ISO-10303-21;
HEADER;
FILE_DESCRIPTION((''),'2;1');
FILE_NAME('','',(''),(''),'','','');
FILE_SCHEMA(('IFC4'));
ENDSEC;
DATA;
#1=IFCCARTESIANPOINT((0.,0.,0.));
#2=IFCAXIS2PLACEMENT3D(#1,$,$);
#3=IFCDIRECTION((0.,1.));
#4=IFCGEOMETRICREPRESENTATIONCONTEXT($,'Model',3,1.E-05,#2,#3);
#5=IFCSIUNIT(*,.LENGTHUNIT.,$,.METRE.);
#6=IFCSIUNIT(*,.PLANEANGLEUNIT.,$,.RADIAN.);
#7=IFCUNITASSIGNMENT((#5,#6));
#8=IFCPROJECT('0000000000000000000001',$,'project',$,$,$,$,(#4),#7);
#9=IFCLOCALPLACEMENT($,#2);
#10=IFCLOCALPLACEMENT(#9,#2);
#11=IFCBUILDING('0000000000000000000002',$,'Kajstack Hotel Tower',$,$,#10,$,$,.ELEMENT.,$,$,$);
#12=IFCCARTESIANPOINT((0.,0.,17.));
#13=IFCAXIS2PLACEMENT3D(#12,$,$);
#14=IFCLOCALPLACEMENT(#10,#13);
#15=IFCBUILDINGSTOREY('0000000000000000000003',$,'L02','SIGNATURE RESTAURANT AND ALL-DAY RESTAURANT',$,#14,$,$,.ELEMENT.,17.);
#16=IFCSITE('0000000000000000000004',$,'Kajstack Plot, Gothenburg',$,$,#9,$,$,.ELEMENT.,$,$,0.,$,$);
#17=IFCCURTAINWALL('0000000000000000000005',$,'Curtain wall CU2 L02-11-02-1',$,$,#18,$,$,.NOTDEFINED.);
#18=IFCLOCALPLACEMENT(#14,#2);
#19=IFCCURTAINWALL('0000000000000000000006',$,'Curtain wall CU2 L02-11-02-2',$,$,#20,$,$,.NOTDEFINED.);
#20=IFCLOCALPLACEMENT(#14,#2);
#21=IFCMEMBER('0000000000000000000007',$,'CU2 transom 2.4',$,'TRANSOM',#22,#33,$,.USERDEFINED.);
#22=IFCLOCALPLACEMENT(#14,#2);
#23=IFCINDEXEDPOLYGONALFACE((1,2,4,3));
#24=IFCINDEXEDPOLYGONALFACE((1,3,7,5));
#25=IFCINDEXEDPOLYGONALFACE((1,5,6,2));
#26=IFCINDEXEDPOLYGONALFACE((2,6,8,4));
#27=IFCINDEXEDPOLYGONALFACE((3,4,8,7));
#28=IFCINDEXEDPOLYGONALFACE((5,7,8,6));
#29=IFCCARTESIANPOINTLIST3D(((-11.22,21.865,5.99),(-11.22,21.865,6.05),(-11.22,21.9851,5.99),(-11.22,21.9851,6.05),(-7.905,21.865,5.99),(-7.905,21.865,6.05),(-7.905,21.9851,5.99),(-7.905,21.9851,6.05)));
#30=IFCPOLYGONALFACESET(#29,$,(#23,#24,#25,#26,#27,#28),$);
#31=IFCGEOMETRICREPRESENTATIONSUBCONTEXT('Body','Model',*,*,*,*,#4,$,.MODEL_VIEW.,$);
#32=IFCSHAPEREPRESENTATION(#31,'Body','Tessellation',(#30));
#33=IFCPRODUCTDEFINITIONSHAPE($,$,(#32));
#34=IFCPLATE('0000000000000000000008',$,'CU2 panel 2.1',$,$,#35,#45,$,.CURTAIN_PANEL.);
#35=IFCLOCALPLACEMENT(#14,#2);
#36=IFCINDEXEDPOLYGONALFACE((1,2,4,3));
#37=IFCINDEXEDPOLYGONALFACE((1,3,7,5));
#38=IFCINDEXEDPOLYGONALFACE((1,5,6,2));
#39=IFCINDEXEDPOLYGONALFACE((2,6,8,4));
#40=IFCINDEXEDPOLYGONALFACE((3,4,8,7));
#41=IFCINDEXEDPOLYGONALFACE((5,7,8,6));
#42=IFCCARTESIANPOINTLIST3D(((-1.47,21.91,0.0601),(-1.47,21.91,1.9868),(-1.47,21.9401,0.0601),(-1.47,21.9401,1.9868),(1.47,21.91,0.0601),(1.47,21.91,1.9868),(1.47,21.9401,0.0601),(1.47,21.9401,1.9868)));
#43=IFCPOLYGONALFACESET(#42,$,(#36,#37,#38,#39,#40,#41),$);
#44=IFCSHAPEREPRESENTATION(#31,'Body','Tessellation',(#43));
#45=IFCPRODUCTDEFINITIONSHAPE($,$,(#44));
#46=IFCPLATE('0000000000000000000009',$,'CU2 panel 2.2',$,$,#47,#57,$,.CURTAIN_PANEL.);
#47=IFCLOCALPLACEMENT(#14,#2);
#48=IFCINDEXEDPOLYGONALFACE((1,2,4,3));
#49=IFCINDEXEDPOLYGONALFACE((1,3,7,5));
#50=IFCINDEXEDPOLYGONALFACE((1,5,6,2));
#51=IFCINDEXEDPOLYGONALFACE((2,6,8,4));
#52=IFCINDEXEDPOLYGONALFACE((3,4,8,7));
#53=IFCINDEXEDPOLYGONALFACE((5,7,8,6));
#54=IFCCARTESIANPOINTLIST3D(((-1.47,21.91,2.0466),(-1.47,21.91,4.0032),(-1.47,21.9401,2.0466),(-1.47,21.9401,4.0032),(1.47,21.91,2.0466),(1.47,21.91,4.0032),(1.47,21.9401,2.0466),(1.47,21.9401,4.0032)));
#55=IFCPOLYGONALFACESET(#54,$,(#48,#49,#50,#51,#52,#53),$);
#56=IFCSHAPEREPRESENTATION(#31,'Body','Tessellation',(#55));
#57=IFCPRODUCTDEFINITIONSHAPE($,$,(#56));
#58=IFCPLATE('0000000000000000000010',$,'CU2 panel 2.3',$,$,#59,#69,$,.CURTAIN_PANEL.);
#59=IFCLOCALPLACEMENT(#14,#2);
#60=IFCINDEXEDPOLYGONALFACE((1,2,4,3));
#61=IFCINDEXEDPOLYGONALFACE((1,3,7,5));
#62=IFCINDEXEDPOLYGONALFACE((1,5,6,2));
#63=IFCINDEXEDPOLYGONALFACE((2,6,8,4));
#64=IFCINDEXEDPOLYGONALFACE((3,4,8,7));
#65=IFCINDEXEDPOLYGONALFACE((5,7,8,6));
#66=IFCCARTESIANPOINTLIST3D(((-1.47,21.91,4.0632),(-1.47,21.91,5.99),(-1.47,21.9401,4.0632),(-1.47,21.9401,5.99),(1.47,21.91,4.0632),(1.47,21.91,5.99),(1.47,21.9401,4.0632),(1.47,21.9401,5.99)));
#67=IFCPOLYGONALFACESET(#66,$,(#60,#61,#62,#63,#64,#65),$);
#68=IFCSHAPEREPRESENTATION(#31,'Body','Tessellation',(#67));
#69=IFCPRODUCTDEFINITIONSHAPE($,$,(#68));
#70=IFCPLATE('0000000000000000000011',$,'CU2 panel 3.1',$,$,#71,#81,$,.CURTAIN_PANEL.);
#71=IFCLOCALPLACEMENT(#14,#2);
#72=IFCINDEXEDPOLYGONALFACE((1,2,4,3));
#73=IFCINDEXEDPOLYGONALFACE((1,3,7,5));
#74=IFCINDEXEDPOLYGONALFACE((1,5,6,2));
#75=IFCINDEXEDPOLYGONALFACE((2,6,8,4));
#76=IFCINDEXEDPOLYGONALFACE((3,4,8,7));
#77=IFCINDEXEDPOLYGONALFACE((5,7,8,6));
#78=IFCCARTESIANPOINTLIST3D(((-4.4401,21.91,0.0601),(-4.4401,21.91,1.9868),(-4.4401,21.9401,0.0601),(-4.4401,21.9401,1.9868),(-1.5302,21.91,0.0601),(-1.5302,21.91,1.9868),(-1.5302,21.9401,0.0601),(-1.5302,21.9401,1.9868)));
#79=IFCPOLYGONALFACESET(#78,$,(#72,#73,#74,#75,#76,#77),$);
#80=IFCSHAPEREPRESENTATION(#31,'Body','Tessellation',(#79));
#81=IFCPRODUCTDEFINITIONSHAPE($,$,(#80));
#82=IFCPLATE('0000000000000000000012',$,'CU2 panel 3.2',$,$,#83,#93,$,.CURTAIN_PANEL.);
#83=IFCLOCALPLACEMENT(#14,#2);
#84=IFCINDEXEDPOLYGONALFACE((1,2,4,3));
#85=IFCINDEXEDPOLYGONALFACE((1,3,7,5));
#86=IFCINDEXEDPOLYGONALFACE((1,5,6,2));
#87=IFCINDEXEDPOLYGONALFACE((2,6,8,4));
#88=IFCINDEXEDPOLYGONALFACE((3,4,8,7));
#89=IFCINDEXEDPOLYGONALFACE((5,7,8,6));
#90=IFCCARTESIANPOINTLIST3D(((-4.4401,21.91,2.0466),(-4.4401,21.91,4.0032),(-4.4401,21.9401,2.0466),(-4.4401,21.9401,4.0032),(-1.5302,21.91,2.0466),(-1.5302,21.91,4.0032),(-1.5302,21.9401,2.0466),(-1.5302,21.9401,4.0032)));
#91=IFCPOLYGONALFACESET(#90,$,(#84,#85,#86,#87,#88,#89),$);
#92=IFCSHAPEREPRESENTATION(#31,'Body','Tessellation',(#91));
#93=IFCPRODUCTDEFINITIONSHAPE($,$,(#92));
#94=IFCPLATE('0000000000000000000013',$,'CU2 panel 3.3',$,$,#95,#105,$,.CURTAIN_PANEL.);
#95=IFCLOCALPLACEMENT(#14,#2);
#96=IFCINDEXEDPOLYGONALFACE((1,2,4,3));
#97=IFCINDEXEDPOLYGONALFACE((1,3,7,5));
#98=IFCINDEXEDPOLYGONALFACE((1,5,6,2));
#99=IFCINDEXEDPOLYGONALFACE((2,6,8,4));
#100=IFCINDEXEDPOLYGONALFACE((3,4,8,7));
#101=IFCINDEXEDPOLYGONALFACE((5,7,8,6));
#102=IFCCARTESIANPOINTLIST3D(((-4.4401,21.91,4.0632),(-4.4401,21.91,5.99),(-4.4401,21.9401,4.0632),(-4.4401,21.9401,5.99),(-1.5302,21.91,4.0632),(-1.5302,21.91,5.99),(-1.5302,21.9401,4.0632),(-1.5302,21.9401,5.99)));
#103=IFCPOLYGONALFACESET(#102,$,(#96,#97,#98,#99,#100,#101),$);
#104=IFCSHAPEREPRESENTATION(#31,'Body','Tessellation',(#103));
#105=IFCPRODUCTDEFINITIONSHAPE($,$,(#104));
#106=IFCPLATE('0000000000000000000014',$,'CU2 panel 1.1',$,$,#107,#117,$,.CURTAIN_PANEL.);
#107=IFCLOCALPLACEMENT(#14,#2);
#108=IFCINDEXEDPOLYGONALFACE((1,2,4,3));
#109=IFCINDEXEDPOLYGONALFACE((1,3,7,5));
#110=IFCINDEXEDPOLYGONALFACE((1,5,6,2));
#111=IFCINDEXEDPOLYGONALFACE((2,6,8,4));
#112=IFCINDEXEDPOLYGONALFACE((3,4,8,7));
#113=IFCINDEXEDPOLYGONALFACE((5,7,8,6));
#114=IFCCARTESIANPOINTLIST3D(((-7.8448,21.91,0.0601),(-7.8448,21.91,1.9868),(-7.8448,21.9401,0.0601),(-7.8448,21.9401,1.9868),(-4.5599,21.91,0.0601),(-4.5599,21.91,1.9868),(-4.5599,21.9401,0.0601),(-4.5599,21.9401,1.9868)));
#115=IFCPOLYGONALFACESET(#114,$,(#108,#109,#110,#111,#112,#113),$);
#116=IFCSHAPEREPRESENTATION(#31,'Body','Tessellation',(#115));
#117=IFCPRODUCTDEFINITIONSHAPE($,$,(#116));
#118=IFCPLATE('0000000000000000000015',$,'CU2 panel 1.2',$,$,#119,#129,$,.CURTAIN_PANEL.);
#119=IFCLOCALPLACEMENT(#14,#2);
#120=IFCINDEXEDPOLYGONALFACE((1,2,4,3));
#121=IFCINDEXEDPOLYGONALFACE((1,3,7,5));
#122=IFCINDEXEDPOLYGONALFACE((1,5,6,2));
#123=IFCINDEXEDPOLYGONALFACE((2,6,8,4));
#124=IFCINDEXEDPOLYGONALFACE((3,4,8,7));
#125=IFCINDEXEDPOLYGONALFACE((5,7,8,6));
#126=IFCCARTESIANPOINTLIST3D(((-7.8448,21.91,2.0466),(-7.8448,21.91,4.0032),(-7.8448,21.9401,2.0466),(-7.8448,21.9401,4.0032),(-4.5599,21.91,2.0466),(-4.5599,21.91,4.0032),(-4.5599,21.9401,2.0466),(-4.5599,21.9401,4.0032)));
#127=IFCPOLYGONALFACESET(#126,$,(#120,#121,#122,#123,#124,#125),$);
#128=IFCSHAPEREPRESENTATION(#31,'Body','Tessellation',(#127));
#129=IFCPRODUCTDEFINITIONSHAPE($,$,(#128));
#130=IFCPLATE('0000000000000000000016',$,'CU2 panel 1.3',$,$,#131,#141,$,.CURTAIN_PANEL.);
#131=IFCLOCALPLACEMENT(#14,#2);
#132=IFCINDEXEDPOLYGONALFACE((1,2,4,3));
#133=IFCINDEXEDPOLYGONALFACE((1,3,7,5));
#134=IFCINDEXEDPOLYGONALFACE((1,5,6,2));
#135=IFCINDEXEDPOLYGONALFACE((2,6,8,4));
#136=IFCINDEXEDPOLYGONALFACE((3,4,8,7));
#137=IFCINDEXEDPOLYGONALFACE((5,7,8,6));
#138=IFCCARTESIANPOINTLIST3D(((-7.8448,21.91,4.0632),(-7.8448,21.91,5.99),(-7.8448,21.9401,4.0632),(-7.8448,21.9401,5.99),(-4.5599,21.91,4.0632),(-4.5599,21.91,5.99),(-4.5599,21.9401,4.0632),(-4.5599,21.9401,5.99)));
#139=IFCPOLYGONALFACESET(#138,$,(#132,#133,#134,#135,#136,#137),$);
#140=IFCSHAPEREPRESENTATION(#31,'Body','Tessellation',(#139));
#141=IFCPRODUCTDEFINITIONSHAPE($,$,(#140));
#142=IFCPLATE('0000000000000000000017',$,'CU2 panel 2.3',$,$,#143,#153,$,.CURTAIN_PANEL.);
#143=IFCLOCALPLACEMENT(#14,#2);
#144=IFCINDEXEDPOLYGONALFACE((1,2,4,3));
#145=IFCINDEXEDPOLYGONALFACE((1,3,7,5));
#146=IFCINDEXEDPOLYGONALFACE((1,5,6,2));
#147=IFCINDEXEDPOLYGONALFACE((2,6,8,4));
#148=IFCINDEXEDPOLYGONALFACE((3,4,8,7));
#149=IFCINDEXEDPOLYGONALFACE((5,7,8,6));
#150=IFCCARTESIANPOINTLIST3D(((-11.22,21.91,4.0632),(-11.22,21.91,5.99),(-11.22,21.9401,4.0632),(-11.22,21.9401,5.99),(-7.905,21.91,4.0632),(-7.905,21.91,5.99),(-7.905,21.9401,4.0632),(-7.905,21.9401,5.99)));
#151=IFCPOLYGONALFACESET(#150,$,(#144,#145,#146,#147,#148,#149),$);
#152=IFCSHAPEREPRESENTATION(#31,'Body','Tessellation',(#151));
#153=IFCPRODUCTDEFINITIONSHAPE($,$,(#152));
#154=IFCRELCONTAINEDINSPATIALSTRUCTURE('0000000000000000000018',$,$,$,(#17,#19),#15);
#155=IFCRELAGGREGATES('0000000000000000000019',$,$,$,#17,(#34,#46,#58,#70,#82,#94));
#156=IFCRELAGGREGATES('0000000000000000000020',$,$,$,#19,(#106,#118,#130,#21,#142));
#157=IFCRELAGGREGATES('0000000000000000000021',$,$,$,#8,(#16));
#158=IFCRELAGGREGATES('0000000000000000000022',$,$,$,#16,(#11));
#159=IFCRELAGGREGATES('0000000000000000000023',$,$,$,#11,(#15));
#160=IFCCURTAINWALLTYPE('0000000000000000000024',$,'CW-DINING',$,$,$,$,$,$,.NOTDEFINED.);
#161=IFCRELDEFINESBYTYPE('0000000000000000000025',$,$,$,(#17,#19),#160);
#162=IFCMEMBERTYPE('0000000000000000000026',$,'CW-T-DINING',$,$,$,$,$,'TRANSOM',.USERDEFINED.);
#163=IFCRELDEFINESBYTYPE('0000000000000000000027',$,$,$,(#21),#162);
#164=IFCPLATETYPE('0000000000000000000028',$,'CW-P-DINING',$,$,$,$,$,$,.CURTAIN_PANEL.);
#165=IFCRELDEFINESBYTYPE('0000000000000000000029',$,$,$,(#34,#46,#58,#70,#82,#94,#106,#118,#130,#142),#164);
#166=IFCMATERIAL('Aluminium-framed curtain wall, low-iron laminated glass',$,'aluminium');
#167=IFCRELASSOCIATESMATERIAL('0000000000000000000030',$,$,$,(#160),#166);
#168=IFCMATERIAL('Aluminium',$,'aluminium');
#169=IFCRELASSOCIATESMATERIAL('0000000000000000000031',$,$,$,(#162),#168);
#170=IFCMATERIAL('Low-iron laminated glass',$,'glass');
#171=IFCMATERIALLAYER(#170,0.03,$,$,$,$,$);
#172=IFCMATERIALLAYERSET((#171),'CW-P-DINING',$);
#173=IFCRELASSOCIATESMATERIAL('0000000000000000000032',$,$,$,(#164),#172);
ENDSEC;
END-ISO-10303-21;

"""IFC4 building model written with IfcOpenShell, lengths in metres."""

from ifc_helpers import new_model, si_unit, direction, frame, origin, origin_2d, place, context, subcontext, project, spatial, rectangle, extrude, material, layer, layer_set, material_profile, profile_set, type_object, element, aggregate, save


model = new_model("IFC4")

# Units and contexts
model_context = context("Model", 3, precision=1e-05, world=origin(), true_north=direction((0.0, 1.0)))
body_context = subcontext(model_context, "Body", "Model", "MODEL_VIEW")
ifc_project = project(units=[si_unit("LENGTHUNIT", "METRE"), si_unit("PLANEANGLEUNIT", "RADIAN")], contexts=[model_context])

# Site, building, storey
site_placement = place(None, origin())
site = spatial("IfcSite", under=ifc_project, at=site_placement, Name="Kajstack Plot, Gothenburg", CompositionType="ELEMENT", RefElevation=0.0)
building_placement = place(site_placement, origin())
building = spatial("IfcBuilding", under=site, at=building_placement, Name="Kajstack Hotel Tower", CompositionType="ELEMENT")
storey_placement = place(building_placement, frame((0.0, 0.0, 17.0)))
storey = spatial("IfcBuildingStorey", under=building, at=storey_placement, Name="L02", Description="SIGNATURE RESTAURANT AND ALL-DAY RESTAURANT", CompositionType="ELEMENT", Elevation=17.0)

# Curtain walls
ifc_material_1 = material(Name="Aluminium-framed curtain wall, low-iron laminated glass", Category="aluminium")
curtain_wall_type = type_object("IfcCurtainWallType", Name="CW-DINING", PredefinedType="NOTDEFINED", material=ifc_material_1)
curtain_wall_1_placement = place(storey_placement, origin())
curtain_wall_1 = element("IfcCurtainWall", 1, at=curtain_wall_1_placement, inside=storey, type_object=curtain_wall_type, Name="Curtain wall CU2 L02-11-02-1", PredefinedType="NOTDEFINED")
ifc_material_2 = material(Name="Aluminium", Category="aluminium")
curtain_wall_2_placement = place(storey_placement, origin())
curtain_wall_2 = element("IfcCurtainWall", 2, at=curtain_wall_2_placement, inside=storey, type_object=curtain_wall_type, Name="Curtain wall CU2 L02-11-02-2", PredefinedType="NOTDEFINED")

# Member
ifc_material_profile_1 = material_profile(ifc_material_2, rectangle(XDim=0.1201, YDim=0.0601, at=origin_2d()), Name="Aluminium transom 120 x 60")
ifc_profile_set_1 = profile_set([ifc_material_profile_1], Name="Aluminium")
member_type_1 = type_object("IfcMemberType", Name="CW-T-DINING", ElementType="TRANSOM", PredefinedType="USERDEFINED", material=ifc_profile_set_1)
member_1_placement = place(storey_placement, frame((-7.905, 21.925, 6.02), z_axis=(-1.0, 0.0, 0.0), x_axis=(0.0, -1.0, 0.0)))
member_1 = element("IfcMember", 3, at=member_1_placement, type_object=member_type_1, Name="CU2 transom 2.4", ObjectType="TRANSOM", PredefinedType="USERDEFINED", context=body_context, shape_type="SweptSolid", body=[
    extrude(rectangle(XDim=0.1201, YDim=0.0601, at=origin_2d()), origin(), (0.0, 0.0, 1.0), 3.3149),
])

# Plates
ifc_material_3 = material(Name="Low-iron laminated glass", Category="glass")
ifc_layer = layer(ifc_material_3, 0.03)
ifc_layer_set = layer_set([ifc_layer], Name="CW-P-DINING")
plate_type = type_object("IfcPlateType", Name="CW-P-DINING", PredefinedType="CURTAIN_PANEL", material=ifc_layer_set)
plate_1_placement = place(storey_placement, frame((0.0, 21.925, 0.0601), z_axis=(0.0, 0.0, 1.0), x_axis=(-1.0, 0.0, 0.0)))
plate_1 = element("IfcPlate", 4, at=plate_1_placement, type_object=plate_type, Name="CU2 panel 2.1", PredefinedType="CURTAIN_PANEL", context=body_context, shape_type="SweptSolid", body=[
    extrude(rectangle(XDim=2.9399, YDim=0.03, at=origin_2d()), origin(), (0.0, 0.0, 1.0), 1.9268),
])
plate_2_placement = place(storey_placement, frame((0.0, 21.925, 2.0466), z_axis=(0.0, 0.0, 1.0), x_axis=(-1.0, 0.0, 0.0)))
plate_2 = element("IfcPlate", 5, at=plate_2_placement, type_object=plate_type, Name="CU2 panel 2.2", PredefinedType="CURTAIN_PANEL", context=body_context, shape_type="SweptSolid", body=[
    extrude(rectangle(XDim=2.9399, YDim=0.03, at=origin_2d()), origin(), (0.0, 0.0, 1.0), 1.9565),
])
plate_3_placement = place(storey_placement, frame((0.0, 21.925, 4.0632), z_axis=(0.0, 0.0, 1.0), x_axis=(-1.0, 0.0, 0.0)))
plate_3 = element("IfcPlate", 6, at=plate_3_placement, type_object=plate_type, Name="CU2 panel 2.3", PredefinedType="CURTAIN_PANEL", context=body_context, shape_type="SweptSolid", body=[
    extrude(rectangle(XDim=2.9399, YDim=0.03, at=origin_2d()), origin(), (0.0, 0.0, 1.0), 1.9268),
])
plate_4_placement = place(storey_placement, frame((-2.9851, 21.925, 0.0601), z_axis=(0.0, 0.0, 1.0), x_axis=(-1.0, 0.0, 0.0)))
plate_4 = element("IfcPlate", 7, at=plate_4_placement, type_object=plate_type, Name="CU2 panel 3.1", PredefinedType="CURTAIN_PANEL", context=body_context, shape_type="SweptSolid", body=[
    extrude(rectangle(XDim=2.9099, YDim=0.03, at=origin_2d()), origin(), (0.0, 0.0, 1.0), 1.9268),
])
plate_5_placement = place(storey_placement, frame((-2.9851, 21.925, 2.0466), z_axis=(0.0, 0.0, 1.0), x_axis=(-1.0, 0.0, 0.0)))
plate_5 = element("IfcPlate", 8, at=plate_5_placement, type_object=plate_type, Name="CU2 panel 3.2", PredefinedType="CURTAIN_PANEL", context=body_context, shape_type="SweptSolid", body=[
    extrude(rectangle(XDim=2.9099, YDim=0.03, at=origin_2d()), origin(), (0.0, 0.0, 1.0), 1.9565),
])
plate_6_placement = place(storey_placement, frame((-2.9851, 21.925, 4.0632), z_axis=(0.0, 0.0, 1.0), x_axis=(-1.0, 0.0, 0.0)))
plate_6 = element("IfcPlate", 9, at=plate_6_placement, type_object=plate_type, Name="CU2 panel 3.3", PredefinedType="CURTAIN_PANEL", context=body_context, shape_type="SweptSolid", body=[
    extrude(rectangle(XDim=2.9099, YDim=0.03, at=origin_2d()), origin(), (0.0, 0.0, 1.0), 1.9268),
])
aggregate(curtain_wall_1, [plate_1, plate_2, plate_3, plate_4, plate_5, plate_6])
plate_7_placement = place(storey_placement, frame((-6.2024, 21.925, 0.0601), z_axis=(0.0, 0.0, 1.0), x_axis=(-1.0, 0.0, 0.0)))
plate_7 = element("IfcPlate", 10, at=plate_7_placement, type_object=plate_type, Name="CU2 panel 1.1", PredefinedType="CURTAIN_PANEL", context=body_context, shape_type="SweptSolid", body=[
    extrude(rectangle(XDim=3.2849, YDim=0.03, at=origin_2d()), origin(), (0.0, 0.0, 1.0), 1.9268),
])
plate_8_placement = place(storey_placement, frame((-6.2024, 21.925, 2.0466), z_axis=(0.0, 0.0, 1.0), x_axis=(-1.0, 0.0, 0.0)))
plate_8 = element("IfcPlate", 11, at=plate_8_placement, type_object=plate_type, Name="CU2 panel 1.2", PredefinedType="CURTAIN_PANEL", context=body_context, shape_type="SweptSolid", body=[
    extrude(rectangle(XDim=3.2849, YDim=0.03, at=origin_2d()), origin(), (0.0, 0.0, 1.0), 1.9565),
])
plate_9_placement = place(storey_placement, frame((-6.2024, 21.925, 4.0632), z_axis=(0.0, 0.0, 1.0), x_axis=(-1.0, 0.0, 0.0)))
plate_9 = element("IfcPlate", 12, at=plate_9_placement, type_object=plate_type, Name="CU2 panel 1.3", PredefinedType="CURTAIN_PANEL", context=body_context, shape_type="SweptSolid", body=[
    extrude(rectangle(XDim=3.2849, YDim=0.03, at=origin_2d()), origin(), (0.0, 0.0, 1.0), 1.9268),
])
plate_10_placement = place(storey_placement, frame((-9.5625, 21.925, 4.0632), z_axis=(0.0, 0.0, 1.0), x_axis=(-1.0, 0.0, 0.0)))
plate_10 = element("IfcPlate", 13, at=plate_10_placement, type_object=plate_type, Name="CU2 panel 2.3", PredefinedType="CURTAIN_PANEL", context=body_context, shape_type="SweptSolid", body=[
    extrude(rectangle(XDim=3.3149, YDim=0.03, at=origin_2d()), origin(), (0.0, 0.0, 1.0), 1.9268),
])
aggregate(curtain_wall_2, [plate_7, plate_8, plate_9, member_1, plate_10])

save(model, "model.ifc")
